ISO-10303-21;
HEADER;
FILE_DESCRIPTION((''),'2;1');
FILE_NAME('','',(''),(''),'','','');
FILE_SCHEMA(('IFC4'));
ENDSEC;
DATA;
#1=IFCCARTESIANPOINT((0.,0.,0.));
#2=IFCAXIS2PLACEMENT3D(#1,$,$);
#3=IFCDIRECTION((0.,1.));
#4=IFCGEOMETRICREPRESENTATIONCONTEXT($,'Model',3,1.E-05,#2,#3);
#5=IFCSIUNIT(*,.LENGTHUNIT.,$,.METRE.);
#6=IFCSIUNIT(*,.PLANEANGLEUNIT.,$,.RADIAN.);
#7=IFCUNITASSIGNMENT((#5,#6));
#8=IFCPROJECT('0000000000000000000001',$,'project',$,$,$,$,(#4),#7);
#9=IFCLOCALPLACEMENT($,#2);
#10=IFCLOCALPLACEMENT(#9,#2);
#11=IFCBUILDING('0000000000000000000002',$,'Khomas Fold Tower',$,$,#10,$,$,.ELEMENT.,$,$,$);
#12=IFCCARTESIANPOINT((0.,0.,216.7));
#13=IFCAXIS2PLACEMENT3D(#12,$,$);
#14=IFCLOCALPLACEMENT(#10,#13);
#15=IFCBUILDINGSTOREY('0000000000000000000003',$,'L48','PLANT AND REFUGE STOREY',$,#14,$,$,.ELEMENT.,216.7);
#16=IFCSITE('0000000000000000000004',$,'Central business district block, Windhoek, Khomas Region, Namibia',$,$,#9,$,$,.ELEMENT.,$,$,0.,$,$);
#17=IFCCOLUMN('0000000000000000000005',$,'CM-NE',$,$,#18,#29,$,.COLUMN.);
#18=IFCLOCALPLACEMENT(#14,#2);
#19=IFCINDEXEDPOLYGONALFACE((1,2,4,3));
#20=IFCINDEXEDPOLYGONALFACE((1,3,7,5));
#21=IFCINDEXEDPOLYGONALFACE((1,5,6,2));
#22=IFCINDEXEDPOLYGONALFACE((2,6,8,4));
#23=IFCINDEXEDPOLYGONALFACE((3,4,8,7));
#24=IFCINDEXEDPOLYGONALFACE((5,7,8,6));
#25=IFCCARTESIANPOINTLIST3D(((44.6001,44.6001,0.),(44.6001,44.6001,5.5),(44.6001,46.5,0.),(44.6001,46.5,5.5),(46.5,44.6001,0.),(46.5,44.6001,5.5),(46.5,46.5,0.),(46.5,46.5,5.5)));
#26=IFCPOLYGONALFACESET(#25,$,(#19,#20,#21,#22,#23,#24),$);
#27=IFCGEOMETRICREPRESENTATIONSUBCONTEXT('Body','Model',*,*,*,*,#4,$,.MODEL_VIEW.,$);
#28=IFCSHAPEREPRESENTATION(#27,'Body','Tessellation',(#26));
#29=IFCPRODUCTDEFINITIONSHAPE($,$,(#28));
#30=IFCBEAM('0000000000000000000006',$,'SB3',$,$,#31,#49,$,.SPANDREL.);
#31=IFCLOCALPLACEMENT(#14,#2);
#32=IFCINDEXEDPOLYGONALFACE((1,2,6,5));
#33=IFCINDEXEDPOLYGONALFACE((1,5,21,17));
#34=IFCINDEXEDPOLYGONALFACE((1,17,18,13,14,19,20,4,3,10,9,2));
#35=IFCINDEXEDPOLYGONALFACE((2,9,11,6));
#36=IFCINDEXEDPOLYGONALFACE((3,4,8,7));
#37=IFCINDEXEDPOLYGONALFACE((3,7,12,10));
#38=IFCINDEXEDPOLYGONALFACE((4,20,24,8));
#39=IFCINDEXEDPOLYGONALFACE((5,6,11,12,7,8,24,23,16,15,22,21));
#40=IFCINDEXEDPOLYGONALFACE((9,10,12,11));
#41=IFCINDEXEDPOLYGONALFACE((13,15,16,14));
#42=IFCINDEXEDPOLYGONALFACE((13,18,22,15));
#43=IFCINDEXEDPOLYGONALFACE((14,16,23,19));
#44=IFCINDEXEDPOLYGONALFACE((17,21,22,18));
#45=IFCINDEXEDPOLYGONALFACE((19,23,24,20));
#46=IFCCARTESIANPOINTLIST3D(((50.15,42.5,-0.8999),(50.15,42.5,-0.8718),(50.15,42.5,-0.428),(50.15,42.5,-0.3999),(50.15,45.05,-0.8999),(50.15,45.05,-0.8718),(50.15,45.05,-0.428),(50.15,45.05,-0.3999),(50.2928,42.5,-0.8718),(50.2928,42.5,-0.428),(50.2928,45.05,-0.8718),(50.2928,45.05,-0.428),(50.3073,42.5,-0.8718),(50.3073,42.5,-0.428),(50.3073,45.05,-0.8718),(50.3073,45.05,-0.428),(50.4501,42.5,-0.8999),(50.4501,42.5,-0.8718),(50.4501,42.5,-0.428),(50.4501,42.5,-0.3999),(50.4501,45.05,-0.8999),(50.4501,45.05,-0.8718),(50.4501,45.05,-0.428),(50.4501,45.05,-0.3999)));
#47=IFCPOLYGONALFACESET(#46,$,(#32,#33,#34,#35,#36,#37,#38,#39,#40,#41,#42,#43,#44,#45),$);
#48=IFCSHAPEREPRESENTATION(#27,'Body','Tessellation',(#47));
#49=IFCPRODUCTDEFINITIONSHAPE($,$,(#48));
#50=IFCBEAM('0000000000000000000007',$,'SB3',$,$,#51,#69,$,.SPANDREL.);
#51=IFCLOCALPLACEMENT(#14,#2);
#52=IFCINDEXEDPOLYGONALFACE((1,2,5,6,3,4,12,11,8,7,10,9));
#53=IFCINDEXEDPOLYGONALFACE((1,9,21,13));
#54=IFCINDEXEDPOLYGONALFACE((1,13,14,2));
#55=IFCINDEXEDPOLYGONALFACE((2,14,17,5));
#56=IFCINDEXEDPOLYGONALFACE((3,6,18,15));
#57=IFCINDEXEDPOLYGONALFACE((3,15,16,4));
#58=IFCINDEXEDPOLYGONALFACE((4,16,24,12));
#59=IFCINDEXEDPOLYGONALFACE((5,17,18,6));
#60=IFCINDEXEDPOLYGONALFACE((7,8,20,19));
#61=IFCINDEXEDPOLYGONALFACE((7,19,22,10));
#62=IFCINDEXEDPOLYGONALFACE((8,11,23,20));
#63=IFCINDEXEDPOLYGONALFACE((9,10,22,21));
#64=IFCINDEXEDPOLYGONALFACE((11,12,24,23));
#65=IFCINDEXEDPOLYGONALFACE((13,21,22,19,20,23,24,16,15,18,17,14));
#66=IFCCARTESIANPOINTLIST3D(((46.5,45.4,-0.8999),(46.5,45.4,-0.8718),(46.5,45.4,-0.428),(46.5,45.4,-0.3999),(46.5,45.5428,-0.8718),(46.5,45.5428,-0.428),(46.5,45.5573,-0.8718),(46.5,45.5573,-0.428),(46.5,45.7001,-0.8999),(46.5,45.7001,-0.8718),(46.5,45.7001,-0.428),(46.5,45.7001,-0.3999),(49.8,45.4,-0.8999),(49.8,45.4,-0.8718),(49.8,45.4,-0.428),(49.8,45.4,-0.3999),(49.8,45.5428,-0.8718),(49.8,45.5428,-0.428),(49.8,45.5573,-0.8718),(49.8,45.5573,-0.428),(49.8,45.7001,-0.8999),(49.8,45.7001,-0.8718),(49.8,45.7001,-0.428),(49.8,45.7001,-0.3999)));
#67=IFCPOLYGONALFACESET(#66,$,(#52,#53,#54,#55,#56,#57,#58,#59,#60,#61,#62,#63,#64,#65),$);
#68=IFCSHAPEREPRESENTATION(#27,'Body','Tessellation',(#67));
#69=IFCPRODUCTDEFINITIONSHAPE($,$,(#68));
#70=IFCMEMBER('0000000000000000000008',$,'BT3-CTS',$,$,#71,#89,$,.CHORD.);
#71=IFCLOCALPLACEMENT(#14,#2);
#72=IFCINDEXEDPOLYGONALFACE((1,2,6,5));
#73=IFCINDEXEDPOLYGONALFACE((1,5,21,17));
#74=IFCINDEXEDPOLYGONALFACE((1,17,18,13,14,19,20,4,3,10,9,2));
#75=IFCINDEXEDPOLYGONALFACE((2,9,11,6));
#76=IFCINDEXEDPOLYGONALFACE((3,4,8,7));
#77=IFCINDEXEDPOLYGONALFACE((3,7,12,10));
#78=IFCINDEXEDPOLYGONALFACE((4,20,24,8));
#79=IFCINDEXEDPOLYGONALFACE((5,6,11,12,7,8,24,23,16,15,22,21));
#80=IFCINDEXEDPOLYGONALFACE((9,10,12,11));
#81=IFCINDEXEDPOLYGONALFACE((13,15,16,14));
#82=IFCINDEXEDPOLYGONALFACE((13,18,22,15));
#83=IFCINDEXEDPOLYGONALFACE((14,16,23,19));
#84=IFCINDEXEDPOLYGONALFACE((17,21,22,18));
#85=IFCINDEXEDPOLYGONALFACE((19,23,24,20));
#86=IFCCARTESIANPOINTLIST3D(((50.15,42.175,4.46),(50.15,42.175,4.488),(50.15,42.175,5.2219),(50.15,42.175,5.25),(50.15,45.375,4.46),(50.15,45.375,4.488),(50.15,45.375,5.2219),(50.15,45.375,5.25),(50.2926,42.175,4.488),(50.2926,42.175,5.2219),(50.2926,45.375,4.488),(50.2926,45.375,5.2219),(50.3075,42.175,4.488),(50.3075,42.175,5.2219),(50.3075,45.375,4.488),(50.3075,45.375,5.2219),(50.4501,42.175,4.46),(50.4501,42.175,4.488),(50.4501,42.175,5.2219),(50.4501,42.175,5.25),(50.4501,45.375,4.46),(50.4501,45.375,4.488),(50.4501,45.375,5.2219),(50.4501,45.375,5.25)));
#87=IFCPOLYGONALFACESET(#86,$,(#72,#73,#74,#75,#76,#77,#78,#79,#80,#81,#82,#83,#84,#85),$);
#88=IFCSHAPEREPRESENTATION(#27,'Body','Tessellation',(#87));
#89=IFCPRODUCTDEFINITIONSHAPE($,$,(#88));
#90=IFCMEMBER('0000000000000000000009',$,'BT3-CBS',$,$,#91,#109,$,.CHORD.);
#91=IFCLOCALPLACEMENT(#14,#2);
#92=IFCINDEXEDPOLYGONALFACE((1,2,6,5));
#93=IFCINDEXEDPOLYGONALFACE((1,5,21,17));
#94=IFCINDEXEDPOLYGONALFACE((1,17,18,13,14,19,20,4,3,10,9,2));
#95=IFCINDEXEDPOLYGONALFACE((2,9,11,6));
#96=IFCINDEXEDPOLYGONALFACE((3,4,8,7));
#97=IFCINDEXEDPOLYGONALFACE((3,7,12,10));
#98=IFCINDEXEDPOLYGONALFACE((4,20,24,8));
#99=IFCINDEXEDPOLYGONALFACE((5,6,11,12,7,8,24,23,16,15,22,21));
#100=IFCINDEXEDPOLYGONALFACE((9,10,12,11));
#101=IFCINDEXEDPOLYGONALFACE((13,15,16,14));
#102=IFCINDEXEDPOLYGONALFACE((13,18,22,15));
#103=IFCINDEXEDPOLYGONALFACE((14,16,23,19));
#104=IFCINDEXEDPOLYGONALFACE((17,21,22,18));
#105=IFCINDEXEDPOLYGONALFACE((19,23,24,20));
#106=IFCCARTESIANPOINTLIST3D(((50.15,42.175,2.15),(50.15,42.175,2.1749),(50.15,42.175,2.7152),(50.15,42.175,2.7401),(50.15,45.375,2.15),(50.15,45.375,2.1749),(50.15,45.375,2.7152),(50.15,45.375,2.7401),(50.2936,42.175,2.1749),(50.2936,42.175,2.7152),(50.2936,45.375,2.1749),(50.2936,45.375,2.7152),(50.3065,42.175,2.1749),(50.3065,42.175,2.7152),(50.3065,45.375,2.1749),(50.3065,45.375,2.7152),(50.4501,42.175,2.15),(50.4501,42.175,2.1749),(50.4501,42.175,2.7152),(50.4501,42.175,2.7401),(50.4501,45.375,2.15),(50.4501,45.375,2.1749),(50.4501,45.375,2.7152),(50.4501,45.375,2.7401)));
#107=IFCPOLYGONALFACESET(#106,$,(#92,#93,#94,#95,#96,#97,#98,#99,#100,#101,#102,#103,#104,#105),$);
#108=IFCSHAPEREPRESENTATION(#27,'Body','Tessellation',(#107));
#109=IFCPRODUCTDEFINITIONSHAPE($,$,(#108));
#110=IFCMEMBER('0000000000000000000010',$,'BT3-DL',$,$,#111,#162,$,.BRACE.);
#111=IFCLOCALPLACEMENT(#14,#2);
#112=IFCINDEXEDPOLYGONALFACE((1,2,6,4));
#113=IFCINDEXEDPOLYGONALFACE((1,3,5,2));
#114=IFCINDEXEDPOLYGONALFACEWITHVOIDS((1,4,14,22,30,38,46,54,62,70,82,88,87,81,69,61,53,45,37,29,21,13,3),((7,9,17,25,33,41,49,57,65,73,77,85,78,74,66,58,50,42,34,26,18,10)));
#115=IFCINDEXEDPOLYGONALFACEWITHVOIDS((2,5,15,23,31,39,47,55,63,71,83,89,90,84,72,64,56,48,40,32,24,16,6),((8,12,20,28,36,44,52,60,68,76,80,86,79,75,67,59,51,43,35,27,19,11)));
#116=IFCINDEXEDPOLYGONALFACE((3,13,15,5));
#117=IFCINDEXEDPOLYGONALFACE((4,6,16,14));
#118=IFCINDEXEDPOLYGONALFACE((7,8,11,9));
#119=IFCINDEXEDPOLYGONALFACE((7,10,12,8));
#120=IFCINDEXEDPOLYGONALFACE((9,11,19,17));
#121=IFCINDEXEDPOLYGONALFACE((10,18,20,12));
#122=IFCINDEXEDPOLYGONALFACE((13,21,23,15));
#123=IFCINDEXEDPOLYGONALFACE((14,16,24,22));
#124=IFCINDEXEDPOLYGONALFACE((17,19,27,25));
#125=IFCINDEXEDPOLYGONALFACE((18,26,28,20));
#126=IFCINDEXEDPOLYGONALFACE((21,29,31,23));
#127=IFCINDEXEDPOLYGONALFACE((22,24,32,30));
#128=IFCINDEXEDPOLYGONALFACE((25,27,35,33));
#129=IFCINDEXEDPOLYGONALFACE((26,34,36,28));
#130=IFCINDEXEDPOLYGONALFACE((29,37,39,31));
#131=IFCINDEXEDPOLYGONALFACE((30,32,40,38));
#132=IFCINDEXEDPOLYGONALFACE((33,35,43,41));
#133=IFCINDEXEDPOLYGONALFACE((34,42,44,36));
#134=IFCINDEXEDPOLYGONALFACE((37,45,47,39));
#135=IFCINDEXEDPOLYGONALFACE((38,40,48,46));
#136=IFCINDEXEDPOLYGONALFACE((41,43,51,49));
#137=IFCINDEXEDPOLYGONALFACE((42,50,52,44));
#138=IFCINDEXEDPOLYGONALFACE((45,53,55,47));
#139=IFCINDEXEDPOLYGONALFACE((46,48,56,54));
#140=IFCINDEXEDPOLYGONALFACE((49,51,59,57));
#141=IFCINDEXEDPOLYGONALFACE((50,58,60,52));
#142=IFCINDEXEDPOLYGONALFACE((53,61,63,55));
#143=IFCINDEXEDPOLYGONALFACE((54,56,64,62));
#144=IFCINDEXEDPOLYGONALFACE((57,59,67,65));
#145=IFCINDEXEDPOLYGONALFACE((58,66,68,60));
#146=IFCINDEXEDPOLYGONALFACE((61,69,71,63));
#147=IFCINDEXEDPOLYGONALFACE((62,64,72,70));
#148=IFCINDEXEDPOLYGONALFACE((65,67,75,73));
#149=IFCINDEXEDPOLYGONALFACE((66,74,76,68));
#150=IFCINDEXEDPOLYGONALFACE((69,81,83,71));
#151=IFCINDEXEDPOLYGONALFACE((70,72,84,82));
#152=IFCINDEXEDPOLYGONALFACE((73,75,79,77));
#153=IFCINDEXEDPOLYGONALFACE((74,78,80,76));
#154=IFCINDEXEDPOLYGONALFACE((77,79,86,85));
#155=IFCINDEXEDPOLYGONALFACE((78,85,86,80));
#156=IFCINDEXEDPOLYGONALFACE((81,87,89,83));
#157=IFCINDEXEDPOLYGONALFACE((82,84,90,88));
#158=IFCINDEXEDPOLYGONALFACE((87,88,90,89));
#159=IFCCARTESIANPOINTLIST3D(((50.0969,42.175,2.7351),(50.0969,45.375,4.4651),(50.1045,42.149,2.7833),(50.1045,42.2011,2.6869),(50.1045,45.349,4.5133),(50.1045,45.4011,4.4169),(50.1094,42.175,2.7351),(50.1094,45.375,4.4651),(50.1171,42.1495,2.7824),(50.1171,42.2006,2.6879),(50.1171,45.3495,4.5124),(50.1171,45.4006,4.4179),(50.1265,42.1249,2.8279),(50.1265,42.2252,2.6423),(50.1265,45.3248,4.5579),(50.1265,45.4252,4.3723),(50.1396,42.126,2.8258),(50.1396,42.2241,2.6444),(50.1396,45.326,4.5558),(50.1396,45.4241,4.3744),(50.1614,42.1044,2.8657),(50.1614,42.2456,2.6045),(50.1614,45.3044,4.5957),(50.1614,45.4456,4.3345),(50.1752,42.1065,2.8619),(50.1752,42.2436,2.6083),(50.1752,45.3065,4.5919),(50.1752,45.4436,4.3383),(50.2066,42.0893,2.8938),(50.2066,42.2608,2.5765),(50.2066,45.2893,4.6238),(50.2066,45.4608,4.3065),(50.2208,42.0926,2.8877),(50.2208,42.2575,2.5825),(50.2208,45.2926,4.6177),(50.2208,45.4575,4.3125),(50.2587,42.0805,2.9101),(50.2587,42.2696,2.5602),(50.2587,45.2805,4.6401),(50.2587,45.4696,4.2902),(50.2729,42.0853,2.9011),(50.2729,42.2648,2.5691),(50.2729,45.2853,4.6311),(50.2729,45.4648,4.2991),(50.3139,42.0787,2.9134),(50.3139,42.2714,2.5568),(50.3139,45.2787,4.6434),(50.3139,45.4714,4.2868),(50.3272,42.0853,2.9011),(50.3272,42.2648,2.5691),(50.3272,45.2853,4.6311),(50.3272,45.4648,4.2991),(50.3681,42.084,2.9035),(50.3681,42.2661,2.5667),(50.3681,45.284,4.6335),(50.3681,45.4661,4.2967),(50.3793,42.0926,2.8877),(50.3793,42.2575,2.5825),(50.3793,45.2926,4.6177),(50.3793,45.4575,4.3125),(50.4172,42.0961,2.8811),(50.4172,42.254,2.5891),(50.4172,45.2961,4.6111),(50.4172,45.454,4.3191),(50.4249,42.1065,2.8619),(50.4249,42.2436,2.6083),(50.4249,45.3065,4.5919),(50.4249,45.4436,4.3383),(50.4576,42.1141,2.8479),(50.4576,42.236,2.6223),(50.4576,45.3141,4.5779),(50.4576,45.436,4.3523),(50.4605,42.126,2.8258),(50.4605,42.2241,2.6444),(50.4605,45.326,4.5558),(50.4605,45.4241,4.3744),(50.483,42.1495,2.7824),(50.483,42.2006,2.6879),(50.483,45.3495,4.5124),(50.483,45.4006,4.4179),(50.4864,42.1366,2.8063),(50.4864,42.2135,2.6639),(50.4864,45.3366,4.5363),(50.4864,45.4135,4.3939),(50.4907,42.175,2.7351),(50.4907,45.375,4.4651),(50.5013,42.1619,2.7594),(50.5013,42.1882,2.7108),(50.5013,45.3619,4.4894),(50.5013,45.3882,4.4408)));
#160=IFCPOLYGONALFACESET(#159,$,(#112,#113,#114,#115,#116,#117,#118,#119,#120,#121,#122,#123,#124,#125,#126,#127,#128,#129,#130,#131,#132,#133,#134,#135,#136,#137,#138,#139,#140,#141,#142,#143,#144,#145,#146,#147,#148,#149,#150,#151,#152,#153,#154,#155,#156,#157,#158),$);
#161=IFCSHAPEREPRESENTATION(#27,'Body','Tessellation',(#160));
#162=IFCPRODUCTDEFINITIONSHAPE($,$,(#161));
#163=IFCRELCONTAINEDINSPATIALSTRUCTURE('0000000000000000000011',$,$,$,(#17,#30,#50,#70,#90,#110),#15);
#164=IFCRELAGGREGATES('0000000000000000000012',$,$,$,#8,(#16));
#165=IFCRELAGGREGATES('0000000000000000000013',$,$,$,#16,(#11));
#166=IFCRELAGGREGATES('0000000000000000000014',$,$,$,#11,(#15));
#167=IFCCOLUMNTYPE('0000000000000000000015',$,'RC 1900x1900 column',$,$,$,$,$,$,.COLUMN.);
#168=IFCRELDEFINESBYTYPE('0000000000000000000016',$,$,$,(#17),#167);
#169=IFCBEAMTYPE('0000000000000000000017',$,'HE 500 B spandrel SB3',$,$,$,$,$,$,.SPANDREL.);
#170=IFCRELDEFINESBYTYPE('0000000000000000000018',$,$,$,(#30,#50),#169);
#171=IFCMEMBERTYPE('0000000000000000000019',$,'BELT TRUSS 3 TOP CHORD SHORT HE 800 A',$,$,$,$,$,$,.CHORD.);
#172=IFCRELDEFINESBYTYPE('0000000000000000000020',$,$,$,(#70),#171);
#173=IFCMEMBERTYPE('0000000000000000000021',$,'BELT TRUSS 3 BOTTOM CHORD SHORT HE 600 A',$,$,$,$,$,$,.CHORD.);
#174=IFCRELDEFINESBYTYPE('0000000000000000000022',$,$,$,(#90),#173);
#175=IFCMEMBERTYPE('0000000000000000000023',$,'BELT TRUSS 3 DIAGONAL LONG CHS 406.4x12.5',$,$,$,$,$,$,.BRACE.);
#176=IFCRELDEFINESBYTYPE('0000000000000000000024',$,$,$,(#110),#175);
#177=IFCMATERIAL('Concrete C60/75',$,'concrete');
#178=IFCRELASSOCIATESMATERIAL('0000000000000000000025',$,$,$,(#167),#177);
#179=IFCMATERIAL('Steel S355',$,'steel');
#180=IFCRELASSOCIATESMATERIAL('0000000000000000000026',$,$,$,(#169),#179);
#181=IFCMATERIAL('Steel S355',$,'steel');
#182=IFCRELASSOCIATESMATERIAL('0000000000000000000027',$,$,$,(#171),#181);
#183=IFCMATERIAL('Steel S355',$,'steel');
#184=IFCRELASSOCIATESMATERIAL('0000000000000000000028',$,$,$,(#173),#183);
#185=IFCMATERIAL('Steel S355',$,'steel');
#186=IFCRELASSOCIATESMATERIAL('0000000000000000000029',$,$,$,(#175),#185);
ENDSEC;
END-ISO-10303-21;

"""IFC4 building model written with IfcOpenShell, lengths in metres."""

from ifc_helpers import new_model, si_unit, direction, frame, origin, origin_2d, place, context, subcontext, project, spatial, rectangle, hollow_circle, i_section, extrude, source, transform, mapped, material, material_profile, profile_set, type_object, element, save


model = new_model("IFC4")

# Units and contexts
model_context = context("Model", 3, precision=1e-05, world=origin(), true_north=direction((0.0, 1.0)))
body_context = subcontext(model_context, "Body", "Model", "MODEL_VIEW")
ifc_project = project(units=[si_unit("LENGTHUNIT", "METRE"), si_unit("PLANEANGLEUNIT", "RADIAN")], contexts=[model_context])

# Site, building, storey
site_placement = place(None, origin())
site = spatial("IfcSite", under=ifc_project, at=site_placement, Name="Central business district block, Windhoek, Khomas Region, Namibia", CompositionType="ELEMENT", RefElevation=0.0)
building_placement = place(site_placement, origin())
building = spatial("IfcBuilding", under=site, at=building_placement, Name="Khomas Fold Tower", CompositionType="ELEMENT")
storey_placement = place(building_placement, frame((0.0, 0.0, 216.7)))
storey = spatial("IfcBuildingStorey", under=building, at=storey_placement, Name="L48", Description="PLANT AND REFUGE STOREY", CompositionType="ELEMENT", Elevation=216.7)

# Column
ifc_material_1 = material(Name="Concrete C60/75", Category="concrete")
ifc_material_profile_1 = material_profile(ifc_material_1, rectangle(XDim=1.8999, YDim=1.8999, at=origin_2d()), Name="RC 1900x1900")
ifc_profile_set_1 = profile_set([ifc_material_profile_1], Name="Concrete C60/75")
column_type = type_object("IfcColumnType", Name="RC 1900x1900 column", PredefinedType="COLUMN", material=ifc_profile_set_1)
shared_shape_1 = source(origin(), body_context, "Body", "SweptSolid", [
    extrude(rectangle(XDim=1.8999, YDim=1.8999, at=origin_2d()), origin(), (0.0, 0.0, 1.0), 5.5),
])
column_placement = place(storey_placement, frame((45.55, 45.55, 0.0), z_axis=(0.0, 0.0, 1.0), x_axis=(1.0, 0.0, 0.0)))
element("IfcColumn", 1, at=column_placement, inside=storey, type_object=column_type, Name="CM-NE", PredefinedType="COLUMN", context=body_context, shape_type="MappedRepresentation", body=[
    mapped(shared_shape_1, transform((0.0, 0.0, 0.0))),
])

# Beams
ifc_material_2 = material(Name="Steel S355", Category="steel")
ifc_material_profile_2 = material_profile(ifc_material_2, i_section(OverallWidth=0.3, OverallDepth=0.5, WebThickness=0.0144, FlangeThickness=0.0281, at=origin_2d()), Name="HE 500 B")
ifc_profile_set_2 = profile_set([ifc_material_profile_2], Name="Steel S355")
beam_type_1 = type_object("IfcBeamType", Name="HE 500 B spandrel SB3", PredefinedType="SPANDREL", material=ifc_profile_set_2)
shared_shape_2 = source(origin(), body_context, "Body", "SweptSolid", [
    extrude(i_section(OverallWidth=0.3, OverallDepth=0.5, WebThickness=0.0144, FlangeThickness=0.0281, at=origin_2d()), origin(), (0.0, 0.0, 1.0), 2.55),
])
beam_1_placement = place(storey_placement, frame((50.3, 42.5, -0.6499), z_axis=(0.0, 1.0, 0.0), x_axis=(-1.0, 0.0, 0.0)))
element("IfcBeam", 2, at=beam_1_placement, inside=storey, type_object=beam_type_1, Name="SB3", PredefinedType="SPANDREL", context=body_context, shape_type="MappedRepresentation", body=[
    mapped(shared_shape_2, transform((0.0, 0.0, 0.0))),
])
shared_shape_3 = source(origin(), body_context, "Body", "SweptSolid", [
    extrude(i_section(OverallWidth=0.3, OverallDepth=0.5, WebThickness=0.0144, FlangeThickness=0.0281, at=origin_2d()), origin(), (0.0, 0.0, 1.0), 3.3),
])
beam_2_placement = place(storey_placement, frame((46.5, 45.55, -0.6499), z_axis=(1.0, 0.0, 0.0), x_axis=(0.0, 1.0, 0.0)))
element("IfcBeam", 3, at=beam_2_placement, inside=storey, type_object=beam_type_1, Name="SB3", PredefinedType="SPANDREL", context=body_context, shape_type="MappedRepresentation", body=[
    mapped(shared_shape_3, transform((0.0, 0.0, 0.0))),
])

# Members
ifc_material_3 = material(Name="Steel S355", Category="steel")
ifc_material_profile_3 = material_profile(ifc_material_3, i_section(OverallWidth=0.3, OverallDepth=0.79, WebThickness=0.0149, FlangeThickness=0.0281, at=origin_2d()), Name="HE 800 A")
ifc_profile_set_3 = profile_set([ifc_material_profile_3], Name="Steel S355")
member_type_1 = type_object("IfcMemberType", Name="BELT TRUSS 3 TOP CHORD SHORT HE 800 A", PredefinedType="CHORD", material=ifc_profile_set_3)
shared_shape_4 = source(origin(), body_context, "Body", "SweptSolid", [
    extrude(i_section(OverallWidth=0.3, OverallDepth=0.79, WebThickness=0.0149, FlangeThickness=0.0281, at=origin_2d()), origin(), (0.0, 0.0, 1.0), 3.2),
])
member_1_placement = place(storey_placement, frame((50.3, 42.175, 4.855), z_axis=(0.0, 1.0, 0.0), x_axis=(-1.0, 0.0, 0.0)))
element("IfcMember", 4, at=member_1_placement, inside=storey, type_object=member_type_1, Name="BT3-CTS", PredefinedType="CHORD", context=body_context, shape_type="MappedRepresentation", body=[
    mapped(shared_shape_4, transform((0.0, 0.0, 0.0))),
])
ifc_material_4 = material(Name="Steel S355", Category="steel")
ifc_material_profile_4 = material_profile(ifc_material_4, i_section(OverallWidth=0.3, OverallDepth=0.5901, WebThickness=0.0129, FlangeThickness=0.0249, at=origin_2d()), Name="HE 600 A")
ifc_profile_set_4 = profile_set([ifc_material_profile_4], Name="Steel S355")
member_type_2 = type_object("IfcMemberType", Name="BELT TRUSS 3 BOTTOM CHORD SHORT HE 600 A", PredefinedType="CHORD", material=ifc_profile_set_4)
shared_shape_5 = source(origin(), body_context, "Body", "SweptSolid", [
    extrude(i_section(OverallWidth=0.3, OverallDepth=0.5901, WebThickness=0.0129, FlangeThickness=0.0249, at=origin_2d()), origin(), (0.0, 0.0, 1.0), 3.2),
])
member_2_placement = place(storey_placement, frame((50.3, 42.175, 2.4451), z_axis=(0.0, 1.0, 0.0), x_axis=(-1.0, 0.0, 0.0)))
element("IfcMember", 5, at=member_2_placement, inside=storey, type_object=member_type_2, Name="BT3-CBS", PredefinedType="CHORD", context=body_context, shape_type="MappedRepresentation", body=[
    mapped(shared_shape_5, transform((0.0, 0.0, 0.0))),
])
ifc_material_5 = material(Name="Steel S355", Category="steel")
ifc_material_profile_5 = material_profile(ifc_material_5, hollow_circle(Radius=0.2031, WallThickness=0.0125, at=origin_2d()), Name="CHS 406.4x12.5")
ifc_profile_set_5 = profile_set([ifc_material_profile_5], Name="Steel S355")
member_type_3 = type_object("IfcMemberType", Name="BELT TRUSS 3 DIAGONAL LONG CHS 406.4x12.5", PredefinedType="BRACE", material=ifc_profile_set_5)
shared_shape_6 = source(origin(), body_context, "Body", "SweptSolid", [
    extrude(hollow_circle(Radius=0.2031, WallThickness=0.0125, at=origin_2d()), origin(), (0.0, 0.0, 1.0), 3.6377),
])
member_3_placement = place(storey_placement, frame((50.3, 42.175, 2.7351), z_axis=(0.0, 0.879675, 0.475576), x_axis=(-1.0, 0.0, 0.0)))
element("IfcMember", 6, at=member_3_placement, inside=storey, type_object=member_type_3, Name="BT3-DL", PredefinedType="BRACE", context=body_context, shape_type="MappedRepresentation", body=[
    mapped(shared_shape_6, transform((0.0, 0.0, 0.0))),
])

save(model, "model.ifc")
